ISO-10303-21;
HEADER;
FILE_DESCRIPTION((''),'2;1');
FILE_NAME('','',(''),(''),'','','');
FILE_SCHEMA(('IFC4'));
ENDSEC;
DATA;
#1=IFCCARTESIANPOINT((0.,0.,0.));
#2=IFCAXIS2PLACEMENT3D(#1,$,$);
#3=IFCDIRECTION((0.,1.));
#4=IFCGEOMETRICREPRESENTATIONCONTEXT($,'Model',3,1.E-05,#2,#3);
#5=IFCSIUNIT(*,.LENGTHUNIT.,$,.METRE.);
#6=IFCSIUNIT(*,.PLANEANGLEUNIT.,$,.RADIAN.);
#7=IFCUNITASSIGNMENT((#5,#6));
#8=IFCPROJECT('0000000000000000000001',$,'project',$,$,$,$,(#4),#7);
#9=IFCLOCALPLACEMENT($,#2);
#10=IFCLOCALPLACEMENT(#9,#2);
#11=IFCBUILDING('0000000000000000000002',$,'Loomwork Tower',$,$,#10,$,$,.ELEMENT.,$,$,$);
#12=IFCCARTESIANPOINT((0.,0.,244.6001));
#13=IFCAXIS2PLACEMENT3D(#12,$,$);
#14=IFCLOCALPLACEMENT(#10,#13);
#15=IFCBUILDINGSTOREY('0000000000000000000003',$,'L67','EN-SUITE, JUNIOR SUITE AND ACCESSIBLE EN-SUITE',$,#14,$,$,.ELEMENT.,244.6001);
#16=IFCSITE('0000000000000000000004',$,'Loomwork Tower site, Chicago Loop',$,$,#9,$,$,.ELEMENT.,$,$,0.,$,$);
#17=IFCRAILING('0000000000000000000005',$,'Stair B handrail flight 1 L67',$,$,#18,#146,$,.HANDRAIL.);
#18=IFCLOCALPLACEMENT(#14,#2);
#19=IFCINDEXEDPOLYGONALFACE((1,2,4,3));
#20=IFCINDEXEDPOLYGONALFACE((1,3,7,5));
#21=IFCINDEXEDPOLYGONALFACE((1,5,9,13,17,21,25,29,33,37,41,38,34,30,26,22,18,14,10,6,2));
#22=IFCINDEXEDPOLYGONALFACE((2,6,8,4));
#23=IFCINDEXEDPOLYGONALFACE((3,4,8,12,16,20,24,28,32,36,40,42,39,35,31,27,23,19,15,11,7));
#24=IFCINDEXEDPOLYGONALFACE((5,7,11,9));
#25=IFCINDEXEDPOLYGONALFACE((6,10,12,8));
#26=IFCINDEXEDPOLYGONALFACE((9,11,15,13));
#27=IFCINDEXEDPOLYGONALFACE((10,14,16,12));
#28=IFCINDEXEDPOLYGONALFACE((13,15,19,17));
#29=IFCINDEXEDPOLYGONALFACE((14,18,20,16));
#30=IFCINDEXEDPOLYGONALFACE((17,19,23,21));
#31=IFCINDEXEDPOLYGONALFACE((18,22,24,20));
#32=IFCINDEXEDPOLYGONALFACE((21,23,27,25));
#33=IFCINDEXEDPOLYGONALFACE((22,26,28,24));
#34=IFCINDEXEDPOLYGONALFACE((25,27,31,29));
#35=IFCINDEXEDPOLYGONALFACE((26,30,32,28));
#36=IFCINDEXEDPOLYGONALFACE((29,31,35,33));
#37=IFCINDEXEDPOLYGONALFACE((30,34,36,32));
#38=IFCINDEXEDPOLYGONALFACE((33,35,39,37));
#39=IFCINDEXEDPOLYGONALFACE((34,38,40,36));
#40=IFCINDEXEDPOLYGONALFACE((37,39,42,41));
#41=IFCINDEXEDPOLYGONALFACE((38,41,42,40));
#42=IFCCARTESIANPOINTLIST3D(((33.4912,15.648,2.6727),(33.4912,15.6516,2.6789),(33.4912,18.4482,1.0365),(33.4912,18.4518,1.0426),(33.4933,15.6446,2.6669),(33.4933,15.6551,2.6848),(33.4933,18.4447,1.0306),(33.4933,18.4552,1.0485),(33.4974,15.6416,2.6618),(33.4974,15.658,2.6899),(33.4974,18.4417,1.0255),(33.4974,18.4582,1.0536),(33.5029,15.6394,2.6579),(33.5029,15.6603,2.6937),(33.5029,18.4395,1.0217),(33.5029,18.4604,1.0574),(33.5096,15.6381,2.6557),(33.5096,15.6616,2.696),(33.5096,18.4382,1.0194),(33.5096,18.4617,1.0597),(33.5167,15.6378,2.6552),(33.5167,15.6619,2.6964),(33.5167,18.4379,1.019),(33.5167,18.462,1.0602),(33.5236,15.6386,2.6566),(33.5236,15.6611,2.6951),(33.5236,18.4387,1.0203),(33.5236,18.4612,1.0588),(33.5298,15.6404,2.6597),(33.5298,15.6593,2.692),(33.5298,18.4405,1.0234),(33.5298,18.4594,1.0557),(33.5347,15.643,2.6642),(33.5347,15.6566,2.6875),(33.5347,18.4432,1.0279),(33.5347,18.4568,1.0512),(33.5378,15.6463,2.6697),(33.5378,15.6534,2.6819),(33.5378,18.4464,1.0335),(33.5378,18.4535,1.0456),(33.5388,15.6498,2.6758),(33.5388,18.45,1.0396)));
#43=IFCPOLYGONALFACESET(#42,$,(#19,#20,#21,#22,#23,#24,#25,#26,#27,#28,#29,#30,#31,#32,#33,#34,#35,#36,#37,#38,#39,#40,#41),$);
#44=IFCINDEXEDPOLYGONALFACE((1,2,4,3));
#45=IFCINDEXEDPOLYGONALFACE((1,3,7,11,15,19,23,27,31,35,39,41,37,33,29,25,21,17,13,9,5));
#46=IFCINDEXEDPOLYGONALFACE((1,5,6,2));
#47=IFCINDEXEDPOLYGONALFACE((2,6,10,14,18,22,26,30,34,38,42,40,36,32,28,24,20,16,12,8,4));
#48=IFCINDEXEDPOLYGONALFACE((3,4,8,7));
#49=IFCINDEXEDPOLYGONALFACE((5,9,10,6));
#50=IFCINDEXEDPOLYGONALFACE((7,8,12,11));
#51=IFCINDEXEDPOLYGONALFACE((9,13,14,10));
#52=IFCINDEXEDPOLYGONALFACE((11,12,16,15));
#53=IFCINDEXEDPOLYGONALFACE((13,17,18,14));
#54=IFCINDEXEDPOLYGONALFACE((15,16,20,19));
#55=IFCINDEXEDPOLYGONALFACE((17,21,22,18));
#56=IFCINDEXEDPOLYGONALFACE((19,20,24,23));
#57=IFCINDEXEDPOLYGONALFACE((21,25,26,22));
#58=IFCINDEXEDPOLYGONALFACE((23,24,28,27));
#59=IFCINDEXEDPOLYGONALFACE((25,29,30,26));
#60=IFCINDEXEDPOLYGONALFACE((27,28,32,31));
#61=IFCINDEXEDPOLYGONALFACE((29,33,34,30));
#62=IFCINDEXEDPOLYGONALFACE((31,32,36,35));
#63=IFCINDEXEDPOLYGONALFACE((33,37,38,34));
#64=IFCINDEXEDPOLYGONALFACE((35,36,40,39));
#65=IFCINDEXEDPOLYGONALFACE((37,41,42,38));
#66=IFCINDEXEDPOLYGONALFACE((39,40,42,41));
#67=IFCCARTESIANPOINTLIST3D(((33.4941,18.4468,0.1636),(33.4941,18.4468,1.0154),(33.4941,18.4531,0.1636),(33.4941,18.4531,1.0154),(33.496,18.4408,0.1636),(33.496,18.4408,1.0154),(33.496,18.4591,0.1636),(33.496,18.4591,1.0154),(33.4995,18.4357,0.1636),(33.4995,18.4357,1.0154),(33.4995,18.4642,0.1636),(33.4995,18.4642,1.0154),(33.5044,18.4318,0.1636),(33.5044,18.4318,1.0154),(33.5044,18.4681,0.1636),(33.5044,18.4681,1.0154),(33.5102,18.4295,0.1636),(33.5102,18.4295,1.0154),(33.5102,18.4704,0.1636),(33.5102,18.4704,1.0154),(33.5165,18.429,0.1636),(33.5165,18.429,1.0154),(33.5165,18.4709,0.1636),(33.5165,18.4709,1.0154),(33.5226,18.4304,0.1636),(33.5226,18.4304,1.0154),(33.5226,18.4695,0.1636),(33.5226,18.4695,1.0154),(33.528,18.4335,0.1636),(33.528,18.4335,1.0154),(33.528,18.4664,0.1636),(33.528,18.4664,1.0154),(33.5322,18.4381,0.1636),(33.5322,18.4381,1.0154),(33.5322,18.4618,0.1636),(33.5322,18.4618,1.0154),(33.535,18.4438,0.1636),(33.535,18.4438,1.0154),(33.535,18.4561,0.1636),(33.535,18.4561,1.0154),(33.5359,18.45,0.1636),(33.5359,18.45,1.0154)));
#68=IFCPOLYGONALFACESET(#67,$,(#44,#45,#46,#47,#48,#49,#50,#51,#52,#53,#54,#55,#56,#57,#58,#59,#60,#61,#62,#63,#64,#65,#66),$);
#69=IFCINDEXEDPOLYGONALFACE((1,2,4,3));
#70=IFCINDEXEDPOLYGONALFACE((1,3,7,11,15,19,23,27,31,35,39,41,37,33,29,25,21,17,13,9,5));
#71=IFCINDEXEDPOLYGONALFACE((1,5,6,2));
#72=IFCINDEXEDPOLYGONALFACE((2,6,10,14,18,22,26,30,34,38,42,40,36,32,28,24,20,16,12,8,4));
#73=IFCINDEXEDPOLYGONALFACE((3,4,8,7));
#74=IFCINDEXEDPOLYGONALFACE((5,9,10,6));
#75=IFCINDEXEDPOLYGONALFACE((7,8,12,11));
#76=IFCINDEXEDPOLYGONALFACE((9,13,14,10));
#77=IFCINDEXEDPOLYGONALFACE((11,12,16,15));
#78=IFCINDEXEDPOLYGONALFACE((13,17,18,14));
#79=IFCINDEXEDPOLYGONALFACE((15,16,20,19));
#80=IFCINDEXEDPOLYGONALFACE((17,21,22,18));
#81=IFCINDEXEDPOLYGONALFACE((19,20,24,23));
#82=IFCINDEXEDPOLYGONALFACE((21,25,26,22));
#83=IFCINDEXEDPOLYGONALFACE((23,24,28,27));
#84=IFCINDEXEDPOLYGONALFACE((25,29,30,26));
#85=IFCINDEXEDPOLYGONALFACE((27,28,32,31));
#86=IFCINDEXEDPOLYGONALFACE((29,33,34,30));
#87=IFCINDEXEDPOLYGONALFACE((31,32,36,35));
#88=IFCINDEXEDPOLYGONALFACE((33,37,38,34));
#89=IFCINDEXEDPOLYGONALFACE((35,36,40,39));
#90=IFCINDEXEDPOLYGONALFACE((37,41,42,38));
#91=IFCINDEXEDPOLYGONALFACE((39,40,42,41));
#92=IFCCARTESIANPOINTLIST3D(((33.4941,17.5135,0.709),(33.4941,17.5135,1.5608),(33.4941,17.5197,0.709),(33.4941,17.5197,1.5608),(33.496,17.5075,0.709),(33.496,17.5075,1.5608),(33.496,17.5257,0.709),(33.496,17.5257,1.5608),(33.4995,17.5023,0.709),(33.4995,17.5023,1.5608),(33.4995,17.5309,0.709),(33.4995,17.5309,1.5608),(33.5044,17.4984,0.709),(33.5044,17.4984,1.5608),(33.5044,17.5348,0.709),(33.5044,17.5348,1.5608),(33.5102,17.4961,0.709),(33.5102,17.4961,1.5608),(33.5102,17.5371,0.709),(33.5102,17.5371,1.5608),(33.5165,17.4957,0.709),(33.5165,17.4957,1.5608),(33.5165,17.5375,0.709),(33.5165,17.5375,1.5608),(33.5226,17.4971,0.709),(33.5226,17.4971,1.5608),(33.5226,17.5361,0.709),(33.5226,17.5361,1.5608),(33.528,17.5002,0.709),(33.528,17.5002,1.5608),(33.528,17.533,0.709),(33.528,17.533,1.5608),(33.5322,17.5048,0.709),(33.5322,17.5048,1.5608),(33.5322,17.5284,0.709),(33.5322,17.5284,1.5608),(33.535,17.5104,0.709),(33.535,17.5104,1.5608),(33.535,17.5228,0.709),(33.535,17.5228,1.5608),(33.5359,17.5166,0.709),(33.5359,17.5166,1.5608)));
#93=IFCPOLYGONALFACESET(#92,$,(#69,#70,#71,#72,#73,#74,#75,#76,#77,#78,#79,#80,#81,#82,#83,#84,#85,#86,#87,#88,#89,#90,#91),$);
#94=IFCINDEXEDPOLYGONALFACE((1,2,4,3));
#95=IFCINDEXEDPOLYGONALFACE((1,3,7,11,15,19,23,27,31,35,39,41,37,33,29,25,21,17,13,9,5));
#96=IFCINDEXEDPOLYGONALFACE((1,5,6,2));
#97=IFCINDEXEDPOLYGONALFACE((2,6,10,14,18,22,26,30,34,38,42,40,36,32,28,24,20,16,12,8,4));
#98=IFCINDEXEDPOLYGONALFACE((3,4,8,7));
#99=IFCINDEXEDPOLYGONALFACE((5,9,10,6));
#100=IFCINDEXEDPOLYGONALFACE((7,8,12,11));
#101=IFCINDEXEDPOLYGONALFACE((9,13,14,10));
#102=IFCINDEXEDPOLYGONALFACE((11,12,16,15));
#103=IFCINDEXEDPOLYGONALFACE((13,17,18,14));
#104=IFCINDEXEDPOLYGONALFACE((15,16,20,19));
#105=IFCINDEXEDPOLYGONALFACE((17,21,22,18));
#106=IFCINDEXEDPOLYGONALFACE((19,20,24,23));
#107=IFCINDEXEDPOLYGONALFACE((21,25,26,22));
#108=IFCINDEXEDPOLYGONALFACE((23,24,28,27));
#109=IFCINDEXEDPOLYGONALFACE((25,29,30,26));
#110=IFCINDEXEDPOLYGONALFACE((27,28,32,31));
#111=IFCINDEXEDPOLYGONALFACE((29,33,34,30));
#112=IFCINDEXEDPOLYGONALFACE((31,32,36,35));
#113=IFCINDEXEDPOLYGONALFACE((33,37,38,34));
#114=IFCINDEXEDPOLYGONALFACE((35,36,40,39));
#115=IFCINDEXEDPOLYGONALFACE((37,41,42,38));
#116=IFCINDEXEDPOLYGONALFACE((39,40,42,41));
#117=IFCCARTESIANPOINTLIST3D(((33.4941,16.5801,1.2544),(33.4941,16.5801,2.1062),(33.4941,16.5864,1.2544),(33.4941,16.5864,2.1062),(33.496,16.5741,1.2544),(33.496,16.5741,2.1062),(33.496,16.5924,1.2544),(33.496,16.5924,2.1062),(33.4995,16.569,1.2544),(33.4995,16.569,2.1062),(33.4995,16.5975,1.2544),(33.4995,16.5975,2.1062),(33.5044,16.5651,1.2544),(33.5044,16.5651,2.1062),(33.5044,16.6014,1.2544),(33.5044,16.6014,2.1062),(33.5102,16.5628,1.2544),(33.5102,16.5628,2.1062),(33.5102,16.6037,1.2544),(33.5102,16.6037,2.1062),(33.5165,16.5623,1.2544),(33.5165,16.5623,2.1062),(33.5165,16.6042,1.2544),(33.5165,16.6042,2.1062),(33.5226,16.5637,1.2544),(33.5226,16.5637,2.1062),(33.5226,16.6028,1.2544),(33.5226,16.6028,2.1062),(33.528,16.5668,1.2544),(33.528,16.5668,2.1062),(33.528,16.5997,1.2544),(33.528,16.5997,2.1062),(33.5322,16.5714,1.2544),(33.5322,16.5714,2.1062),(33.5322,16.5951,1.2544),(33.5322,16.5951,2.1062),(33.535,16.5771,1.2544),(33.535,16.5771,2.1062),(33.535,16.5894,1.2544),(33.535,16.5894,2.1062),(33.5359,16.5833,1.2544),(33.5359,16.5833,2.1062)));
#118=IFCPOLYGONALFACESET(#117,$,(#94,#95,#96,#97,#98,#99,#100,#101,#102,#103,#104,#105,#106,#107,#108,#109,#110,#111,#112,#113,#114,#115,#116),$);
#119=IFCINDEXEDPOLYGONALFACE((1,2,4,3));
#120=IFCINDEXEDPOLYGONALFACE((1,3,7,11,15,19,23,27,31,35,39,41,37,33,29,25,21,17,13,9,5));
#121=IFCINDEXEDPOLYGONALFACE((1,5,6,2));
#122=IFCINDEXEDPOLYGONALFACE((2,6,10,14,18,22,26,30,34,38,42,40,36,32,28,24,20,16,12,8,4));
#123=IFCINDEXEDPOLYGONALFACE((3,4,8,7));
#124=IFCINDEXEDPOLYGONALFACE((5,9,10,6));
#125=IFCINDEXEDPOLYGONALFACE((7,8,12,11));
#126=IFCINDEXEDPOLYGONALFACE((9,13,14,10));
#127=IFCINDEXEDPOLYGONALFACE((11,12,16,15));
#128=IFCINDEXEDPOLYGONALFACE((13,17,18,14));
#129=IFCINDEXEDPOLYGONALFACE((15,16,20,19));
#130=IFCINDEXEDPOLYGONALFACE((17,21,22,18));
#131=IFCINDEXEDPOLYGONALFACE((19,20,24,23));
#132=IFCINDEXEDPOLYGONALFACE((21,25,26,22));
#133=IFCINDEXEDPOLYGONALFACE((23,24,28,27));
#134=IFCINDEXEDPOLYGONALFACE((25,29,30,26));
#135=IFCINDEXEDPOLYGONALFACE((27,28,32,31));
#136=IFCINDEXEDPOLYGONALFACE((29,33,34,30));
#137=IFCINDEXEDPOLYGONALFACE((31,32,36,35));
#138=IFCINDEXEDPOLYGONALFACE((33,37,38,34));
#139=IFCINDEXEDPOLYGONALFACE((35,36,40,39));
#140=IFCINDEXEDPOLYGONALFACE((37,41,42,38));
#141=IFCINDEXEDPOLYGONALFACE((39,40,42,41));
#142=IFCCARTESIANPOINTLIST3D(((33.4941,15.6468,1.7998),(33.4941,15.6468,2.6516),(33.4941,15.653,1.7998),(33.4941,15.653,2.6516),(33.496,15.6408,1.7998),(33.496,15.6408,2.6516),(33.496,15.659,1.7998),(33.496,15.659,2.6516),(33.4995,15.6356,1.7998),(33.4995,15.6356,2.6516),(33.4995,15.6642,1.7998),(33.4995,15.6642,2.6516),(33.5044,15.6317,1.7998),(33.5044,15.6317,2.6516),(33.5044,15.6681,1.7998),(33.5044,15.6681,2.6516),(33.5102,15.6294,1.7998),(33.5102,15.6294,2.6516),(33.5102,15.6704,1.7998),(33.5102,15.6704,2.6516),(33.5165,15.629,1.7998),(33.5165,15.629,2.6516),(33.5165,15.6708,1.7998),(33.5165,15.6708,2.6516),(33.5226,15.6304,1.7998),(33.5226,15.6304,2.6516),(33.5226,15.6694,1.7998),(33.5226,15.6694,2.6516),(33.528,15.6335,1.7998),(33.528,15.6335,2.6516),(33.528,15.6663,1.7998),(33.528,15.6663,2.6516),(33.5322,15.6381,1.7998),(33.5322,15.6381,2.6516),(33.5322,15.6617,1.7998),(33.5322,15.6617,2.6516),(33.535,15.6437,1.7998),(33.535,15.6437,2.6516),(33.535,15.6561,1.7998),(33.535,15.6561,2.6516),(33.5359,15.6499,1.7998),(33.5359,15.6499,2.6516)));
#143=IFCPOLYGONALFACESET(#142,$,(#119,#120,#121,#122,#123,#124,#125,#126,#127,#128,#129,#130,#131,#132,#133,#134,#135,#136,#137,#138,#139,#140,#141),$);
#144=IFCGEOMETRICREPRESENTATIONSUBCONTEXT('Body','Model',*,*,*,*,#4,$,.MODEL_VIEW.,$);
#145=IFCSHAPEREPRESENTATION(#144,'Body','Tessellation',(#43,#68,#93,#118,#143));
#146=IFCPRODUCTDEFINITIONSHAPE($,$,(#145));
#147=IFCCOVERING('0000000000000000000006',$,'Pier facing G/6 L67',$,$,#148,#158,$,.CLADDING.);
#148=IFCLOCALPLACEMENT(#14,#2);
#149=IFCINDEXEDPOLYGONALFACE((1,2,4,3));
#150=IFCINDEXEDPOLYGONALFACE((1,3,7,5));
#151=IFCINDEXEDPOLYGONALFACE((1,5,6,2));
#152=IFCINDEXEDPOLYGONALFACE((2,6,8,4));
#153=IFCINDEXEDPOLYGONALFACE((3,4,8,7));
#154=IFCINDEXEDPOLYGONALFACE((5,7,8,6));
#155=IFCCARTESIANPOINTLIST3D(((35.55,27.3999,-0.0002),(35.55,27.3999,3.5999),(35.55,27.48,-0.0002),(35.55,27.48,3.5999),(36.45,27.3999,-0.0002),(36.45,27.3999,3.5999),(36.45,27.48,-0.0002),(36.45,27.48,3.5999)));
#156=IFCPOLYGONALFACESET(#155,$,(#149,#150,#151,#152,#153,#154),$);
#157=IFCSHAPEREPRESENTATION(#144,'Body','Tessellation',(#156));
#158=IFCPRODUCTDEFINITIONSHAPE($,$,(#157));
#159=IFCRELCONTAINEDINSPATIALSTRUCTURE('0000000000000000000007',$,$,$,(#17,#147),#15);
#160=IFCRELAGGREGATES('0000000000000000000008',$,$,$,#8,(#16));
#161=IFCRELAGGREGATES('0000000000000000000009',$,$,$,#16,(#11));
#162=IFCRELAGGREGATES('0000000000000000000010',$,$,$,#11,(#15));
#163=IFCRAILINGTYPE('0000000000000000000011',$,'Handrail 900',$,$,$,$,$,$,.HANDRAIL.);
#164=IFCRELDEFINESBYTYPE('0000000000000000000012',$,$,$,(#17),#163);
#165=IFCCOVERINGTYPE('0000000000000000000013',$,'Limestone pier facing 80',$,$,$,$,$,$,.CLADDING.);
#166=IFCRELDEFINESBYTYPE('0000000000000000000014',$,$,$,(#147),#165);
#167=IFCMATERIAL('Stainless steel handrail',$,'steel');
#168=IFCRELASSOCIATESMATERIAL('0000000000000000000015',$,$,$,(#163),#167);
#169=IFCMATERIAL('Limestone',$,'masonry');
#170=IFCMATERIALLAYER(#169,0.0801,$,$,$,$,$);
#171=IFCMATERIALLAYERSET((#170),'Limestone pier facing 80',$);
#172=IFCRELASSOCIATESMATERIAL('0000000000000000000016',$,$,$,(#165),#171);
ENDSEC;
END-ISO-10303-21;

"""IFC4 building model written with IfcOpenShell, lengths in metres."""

from ifc_helpers import new_model, si_unit, direction, frame, origin, origin_2d, place, context, subcontext, project, spatial, rectangle, circle, extrude, material, layer, layer_set, type_object, element, save


model = new_model("IFC4")

# Units and contexts
model_context = context("Model", 3, precision=1e-05, world=origin(), true_north=direction((0.0, 1.0)))
body_context = subcontext(model_context, "Body", "Model", "MODEL_VIEW")
ifc_project = project(units=[si_unit("LENGTHUNIT", "METRE"), si_unit("PLANEANGLEUNIT", "RADIAN")], contexts=[model_context])

# Site, building, storey
site_placement = place(None, origin())
site = spatial("IfcSite", under=ifc_project, at=site_placement, Name="Loomwork Tower site, Chicago Loop", CompositionType="ELEMENT", RefElevation=0.0)
building_placement = place(site_placement, origin())
building = spatial("IfcBuilding", under=site, at=building_placement, Name="Loomwork Tower", CompositionType="ELEMENT")
storey_placement = place(building_placement, frame((0.0, 0.0, 244.6001)))
storey = spatial("IfcBuildingStorey", under=building, at=storey_placement, Name="L67", Description="EN-SUITE, JUNIOR SUITE AND ACCESSIBLE EN-SUITE", CompositionType="ELEMENT", Elevation=244.6001)

# Railing
ifc_material_1 = material(Name="Stainless steel handrail", Category="steel")
railing_type = type_object("IfcRailingType", Name="Handrail 900", PredefinedType="HANDRAIL", material=ifc_material_1)
railing_placement = place(storey_placement, frame((33.5149, 18.45, 0.1636)))
element("IfcRailing", 1, at=railing_placement, inside=storey, type_object=railing_type, Name="Stair B handrail flight 1 L67", PredefinedType="HANDRAIL", context=body_context, shape_type="SweptSolid", body=[
    extrude(circle(Radius=0.0239, at=origin_2d()), frame((0.0, 0.0, 0.876), z_axis=(0.0, -0.863394, 0.504531), x_axis=(1.0, 0.0, 0.0)), (0.0, 0.0, 1.0), 3.2432),
    extrude(circle(Radius=0.021, at=origin_2d()), origin(), (0.0, 0.0, 1.0), 0.8518),
    extrude(circle(Radius=0.021, at=origin_2d()), frame((0.0, -0.9333, 0.5454)), (0.0, 0.0, 1.0), 0.8518),
    extrude(circle(Radius=0.021, at=origin_2d()), frame((0.0, -1.8667, 1.0908)), (0.0, 0.0, 1.0), 0.8518),
    extrude(circle(Radius=0.021, at=origin_2d()), frame((0.0, -2.8, 1.6362)), (0.0, 0.0, 1.0), 0.8518),
])

# Covering
ifc_material_2 = material(Name="Limestone", Category="masonry")
ifc_layer_1 = layer(ifc_material_2, 0.0801)
ifc_layer_set_1 = layer_set([ifc_layer_1], Name="Limestone pier facing 80")
covering_type = type_object("IfcCoveringType", Name="Limestone pier facing 80", PredefinedType="CLADDING", material=ifc_layer_set_1)
covering_placement = place(storey_placement, frame((36.0, 27.4399, -0.0002), z_axis=(0.0, 0.0, 1.0), x_axis=(1.0, 0.0, 0.0)))
element("IfcCovering", 2, at=covering_placement, inside=storey, type_object=covering_type, Name="Pier facing G/6 L67", PredefinedType="CLADDING", context=body_context, shape_type="SweptSolid", body=[
    extrude(rectangle(XDim=0.8999, YDim=0.0801, at=origin_2d()), origin(), (0.0, 0.0, 1.0), 3.6001),
])

save(model, "model.ifc")
